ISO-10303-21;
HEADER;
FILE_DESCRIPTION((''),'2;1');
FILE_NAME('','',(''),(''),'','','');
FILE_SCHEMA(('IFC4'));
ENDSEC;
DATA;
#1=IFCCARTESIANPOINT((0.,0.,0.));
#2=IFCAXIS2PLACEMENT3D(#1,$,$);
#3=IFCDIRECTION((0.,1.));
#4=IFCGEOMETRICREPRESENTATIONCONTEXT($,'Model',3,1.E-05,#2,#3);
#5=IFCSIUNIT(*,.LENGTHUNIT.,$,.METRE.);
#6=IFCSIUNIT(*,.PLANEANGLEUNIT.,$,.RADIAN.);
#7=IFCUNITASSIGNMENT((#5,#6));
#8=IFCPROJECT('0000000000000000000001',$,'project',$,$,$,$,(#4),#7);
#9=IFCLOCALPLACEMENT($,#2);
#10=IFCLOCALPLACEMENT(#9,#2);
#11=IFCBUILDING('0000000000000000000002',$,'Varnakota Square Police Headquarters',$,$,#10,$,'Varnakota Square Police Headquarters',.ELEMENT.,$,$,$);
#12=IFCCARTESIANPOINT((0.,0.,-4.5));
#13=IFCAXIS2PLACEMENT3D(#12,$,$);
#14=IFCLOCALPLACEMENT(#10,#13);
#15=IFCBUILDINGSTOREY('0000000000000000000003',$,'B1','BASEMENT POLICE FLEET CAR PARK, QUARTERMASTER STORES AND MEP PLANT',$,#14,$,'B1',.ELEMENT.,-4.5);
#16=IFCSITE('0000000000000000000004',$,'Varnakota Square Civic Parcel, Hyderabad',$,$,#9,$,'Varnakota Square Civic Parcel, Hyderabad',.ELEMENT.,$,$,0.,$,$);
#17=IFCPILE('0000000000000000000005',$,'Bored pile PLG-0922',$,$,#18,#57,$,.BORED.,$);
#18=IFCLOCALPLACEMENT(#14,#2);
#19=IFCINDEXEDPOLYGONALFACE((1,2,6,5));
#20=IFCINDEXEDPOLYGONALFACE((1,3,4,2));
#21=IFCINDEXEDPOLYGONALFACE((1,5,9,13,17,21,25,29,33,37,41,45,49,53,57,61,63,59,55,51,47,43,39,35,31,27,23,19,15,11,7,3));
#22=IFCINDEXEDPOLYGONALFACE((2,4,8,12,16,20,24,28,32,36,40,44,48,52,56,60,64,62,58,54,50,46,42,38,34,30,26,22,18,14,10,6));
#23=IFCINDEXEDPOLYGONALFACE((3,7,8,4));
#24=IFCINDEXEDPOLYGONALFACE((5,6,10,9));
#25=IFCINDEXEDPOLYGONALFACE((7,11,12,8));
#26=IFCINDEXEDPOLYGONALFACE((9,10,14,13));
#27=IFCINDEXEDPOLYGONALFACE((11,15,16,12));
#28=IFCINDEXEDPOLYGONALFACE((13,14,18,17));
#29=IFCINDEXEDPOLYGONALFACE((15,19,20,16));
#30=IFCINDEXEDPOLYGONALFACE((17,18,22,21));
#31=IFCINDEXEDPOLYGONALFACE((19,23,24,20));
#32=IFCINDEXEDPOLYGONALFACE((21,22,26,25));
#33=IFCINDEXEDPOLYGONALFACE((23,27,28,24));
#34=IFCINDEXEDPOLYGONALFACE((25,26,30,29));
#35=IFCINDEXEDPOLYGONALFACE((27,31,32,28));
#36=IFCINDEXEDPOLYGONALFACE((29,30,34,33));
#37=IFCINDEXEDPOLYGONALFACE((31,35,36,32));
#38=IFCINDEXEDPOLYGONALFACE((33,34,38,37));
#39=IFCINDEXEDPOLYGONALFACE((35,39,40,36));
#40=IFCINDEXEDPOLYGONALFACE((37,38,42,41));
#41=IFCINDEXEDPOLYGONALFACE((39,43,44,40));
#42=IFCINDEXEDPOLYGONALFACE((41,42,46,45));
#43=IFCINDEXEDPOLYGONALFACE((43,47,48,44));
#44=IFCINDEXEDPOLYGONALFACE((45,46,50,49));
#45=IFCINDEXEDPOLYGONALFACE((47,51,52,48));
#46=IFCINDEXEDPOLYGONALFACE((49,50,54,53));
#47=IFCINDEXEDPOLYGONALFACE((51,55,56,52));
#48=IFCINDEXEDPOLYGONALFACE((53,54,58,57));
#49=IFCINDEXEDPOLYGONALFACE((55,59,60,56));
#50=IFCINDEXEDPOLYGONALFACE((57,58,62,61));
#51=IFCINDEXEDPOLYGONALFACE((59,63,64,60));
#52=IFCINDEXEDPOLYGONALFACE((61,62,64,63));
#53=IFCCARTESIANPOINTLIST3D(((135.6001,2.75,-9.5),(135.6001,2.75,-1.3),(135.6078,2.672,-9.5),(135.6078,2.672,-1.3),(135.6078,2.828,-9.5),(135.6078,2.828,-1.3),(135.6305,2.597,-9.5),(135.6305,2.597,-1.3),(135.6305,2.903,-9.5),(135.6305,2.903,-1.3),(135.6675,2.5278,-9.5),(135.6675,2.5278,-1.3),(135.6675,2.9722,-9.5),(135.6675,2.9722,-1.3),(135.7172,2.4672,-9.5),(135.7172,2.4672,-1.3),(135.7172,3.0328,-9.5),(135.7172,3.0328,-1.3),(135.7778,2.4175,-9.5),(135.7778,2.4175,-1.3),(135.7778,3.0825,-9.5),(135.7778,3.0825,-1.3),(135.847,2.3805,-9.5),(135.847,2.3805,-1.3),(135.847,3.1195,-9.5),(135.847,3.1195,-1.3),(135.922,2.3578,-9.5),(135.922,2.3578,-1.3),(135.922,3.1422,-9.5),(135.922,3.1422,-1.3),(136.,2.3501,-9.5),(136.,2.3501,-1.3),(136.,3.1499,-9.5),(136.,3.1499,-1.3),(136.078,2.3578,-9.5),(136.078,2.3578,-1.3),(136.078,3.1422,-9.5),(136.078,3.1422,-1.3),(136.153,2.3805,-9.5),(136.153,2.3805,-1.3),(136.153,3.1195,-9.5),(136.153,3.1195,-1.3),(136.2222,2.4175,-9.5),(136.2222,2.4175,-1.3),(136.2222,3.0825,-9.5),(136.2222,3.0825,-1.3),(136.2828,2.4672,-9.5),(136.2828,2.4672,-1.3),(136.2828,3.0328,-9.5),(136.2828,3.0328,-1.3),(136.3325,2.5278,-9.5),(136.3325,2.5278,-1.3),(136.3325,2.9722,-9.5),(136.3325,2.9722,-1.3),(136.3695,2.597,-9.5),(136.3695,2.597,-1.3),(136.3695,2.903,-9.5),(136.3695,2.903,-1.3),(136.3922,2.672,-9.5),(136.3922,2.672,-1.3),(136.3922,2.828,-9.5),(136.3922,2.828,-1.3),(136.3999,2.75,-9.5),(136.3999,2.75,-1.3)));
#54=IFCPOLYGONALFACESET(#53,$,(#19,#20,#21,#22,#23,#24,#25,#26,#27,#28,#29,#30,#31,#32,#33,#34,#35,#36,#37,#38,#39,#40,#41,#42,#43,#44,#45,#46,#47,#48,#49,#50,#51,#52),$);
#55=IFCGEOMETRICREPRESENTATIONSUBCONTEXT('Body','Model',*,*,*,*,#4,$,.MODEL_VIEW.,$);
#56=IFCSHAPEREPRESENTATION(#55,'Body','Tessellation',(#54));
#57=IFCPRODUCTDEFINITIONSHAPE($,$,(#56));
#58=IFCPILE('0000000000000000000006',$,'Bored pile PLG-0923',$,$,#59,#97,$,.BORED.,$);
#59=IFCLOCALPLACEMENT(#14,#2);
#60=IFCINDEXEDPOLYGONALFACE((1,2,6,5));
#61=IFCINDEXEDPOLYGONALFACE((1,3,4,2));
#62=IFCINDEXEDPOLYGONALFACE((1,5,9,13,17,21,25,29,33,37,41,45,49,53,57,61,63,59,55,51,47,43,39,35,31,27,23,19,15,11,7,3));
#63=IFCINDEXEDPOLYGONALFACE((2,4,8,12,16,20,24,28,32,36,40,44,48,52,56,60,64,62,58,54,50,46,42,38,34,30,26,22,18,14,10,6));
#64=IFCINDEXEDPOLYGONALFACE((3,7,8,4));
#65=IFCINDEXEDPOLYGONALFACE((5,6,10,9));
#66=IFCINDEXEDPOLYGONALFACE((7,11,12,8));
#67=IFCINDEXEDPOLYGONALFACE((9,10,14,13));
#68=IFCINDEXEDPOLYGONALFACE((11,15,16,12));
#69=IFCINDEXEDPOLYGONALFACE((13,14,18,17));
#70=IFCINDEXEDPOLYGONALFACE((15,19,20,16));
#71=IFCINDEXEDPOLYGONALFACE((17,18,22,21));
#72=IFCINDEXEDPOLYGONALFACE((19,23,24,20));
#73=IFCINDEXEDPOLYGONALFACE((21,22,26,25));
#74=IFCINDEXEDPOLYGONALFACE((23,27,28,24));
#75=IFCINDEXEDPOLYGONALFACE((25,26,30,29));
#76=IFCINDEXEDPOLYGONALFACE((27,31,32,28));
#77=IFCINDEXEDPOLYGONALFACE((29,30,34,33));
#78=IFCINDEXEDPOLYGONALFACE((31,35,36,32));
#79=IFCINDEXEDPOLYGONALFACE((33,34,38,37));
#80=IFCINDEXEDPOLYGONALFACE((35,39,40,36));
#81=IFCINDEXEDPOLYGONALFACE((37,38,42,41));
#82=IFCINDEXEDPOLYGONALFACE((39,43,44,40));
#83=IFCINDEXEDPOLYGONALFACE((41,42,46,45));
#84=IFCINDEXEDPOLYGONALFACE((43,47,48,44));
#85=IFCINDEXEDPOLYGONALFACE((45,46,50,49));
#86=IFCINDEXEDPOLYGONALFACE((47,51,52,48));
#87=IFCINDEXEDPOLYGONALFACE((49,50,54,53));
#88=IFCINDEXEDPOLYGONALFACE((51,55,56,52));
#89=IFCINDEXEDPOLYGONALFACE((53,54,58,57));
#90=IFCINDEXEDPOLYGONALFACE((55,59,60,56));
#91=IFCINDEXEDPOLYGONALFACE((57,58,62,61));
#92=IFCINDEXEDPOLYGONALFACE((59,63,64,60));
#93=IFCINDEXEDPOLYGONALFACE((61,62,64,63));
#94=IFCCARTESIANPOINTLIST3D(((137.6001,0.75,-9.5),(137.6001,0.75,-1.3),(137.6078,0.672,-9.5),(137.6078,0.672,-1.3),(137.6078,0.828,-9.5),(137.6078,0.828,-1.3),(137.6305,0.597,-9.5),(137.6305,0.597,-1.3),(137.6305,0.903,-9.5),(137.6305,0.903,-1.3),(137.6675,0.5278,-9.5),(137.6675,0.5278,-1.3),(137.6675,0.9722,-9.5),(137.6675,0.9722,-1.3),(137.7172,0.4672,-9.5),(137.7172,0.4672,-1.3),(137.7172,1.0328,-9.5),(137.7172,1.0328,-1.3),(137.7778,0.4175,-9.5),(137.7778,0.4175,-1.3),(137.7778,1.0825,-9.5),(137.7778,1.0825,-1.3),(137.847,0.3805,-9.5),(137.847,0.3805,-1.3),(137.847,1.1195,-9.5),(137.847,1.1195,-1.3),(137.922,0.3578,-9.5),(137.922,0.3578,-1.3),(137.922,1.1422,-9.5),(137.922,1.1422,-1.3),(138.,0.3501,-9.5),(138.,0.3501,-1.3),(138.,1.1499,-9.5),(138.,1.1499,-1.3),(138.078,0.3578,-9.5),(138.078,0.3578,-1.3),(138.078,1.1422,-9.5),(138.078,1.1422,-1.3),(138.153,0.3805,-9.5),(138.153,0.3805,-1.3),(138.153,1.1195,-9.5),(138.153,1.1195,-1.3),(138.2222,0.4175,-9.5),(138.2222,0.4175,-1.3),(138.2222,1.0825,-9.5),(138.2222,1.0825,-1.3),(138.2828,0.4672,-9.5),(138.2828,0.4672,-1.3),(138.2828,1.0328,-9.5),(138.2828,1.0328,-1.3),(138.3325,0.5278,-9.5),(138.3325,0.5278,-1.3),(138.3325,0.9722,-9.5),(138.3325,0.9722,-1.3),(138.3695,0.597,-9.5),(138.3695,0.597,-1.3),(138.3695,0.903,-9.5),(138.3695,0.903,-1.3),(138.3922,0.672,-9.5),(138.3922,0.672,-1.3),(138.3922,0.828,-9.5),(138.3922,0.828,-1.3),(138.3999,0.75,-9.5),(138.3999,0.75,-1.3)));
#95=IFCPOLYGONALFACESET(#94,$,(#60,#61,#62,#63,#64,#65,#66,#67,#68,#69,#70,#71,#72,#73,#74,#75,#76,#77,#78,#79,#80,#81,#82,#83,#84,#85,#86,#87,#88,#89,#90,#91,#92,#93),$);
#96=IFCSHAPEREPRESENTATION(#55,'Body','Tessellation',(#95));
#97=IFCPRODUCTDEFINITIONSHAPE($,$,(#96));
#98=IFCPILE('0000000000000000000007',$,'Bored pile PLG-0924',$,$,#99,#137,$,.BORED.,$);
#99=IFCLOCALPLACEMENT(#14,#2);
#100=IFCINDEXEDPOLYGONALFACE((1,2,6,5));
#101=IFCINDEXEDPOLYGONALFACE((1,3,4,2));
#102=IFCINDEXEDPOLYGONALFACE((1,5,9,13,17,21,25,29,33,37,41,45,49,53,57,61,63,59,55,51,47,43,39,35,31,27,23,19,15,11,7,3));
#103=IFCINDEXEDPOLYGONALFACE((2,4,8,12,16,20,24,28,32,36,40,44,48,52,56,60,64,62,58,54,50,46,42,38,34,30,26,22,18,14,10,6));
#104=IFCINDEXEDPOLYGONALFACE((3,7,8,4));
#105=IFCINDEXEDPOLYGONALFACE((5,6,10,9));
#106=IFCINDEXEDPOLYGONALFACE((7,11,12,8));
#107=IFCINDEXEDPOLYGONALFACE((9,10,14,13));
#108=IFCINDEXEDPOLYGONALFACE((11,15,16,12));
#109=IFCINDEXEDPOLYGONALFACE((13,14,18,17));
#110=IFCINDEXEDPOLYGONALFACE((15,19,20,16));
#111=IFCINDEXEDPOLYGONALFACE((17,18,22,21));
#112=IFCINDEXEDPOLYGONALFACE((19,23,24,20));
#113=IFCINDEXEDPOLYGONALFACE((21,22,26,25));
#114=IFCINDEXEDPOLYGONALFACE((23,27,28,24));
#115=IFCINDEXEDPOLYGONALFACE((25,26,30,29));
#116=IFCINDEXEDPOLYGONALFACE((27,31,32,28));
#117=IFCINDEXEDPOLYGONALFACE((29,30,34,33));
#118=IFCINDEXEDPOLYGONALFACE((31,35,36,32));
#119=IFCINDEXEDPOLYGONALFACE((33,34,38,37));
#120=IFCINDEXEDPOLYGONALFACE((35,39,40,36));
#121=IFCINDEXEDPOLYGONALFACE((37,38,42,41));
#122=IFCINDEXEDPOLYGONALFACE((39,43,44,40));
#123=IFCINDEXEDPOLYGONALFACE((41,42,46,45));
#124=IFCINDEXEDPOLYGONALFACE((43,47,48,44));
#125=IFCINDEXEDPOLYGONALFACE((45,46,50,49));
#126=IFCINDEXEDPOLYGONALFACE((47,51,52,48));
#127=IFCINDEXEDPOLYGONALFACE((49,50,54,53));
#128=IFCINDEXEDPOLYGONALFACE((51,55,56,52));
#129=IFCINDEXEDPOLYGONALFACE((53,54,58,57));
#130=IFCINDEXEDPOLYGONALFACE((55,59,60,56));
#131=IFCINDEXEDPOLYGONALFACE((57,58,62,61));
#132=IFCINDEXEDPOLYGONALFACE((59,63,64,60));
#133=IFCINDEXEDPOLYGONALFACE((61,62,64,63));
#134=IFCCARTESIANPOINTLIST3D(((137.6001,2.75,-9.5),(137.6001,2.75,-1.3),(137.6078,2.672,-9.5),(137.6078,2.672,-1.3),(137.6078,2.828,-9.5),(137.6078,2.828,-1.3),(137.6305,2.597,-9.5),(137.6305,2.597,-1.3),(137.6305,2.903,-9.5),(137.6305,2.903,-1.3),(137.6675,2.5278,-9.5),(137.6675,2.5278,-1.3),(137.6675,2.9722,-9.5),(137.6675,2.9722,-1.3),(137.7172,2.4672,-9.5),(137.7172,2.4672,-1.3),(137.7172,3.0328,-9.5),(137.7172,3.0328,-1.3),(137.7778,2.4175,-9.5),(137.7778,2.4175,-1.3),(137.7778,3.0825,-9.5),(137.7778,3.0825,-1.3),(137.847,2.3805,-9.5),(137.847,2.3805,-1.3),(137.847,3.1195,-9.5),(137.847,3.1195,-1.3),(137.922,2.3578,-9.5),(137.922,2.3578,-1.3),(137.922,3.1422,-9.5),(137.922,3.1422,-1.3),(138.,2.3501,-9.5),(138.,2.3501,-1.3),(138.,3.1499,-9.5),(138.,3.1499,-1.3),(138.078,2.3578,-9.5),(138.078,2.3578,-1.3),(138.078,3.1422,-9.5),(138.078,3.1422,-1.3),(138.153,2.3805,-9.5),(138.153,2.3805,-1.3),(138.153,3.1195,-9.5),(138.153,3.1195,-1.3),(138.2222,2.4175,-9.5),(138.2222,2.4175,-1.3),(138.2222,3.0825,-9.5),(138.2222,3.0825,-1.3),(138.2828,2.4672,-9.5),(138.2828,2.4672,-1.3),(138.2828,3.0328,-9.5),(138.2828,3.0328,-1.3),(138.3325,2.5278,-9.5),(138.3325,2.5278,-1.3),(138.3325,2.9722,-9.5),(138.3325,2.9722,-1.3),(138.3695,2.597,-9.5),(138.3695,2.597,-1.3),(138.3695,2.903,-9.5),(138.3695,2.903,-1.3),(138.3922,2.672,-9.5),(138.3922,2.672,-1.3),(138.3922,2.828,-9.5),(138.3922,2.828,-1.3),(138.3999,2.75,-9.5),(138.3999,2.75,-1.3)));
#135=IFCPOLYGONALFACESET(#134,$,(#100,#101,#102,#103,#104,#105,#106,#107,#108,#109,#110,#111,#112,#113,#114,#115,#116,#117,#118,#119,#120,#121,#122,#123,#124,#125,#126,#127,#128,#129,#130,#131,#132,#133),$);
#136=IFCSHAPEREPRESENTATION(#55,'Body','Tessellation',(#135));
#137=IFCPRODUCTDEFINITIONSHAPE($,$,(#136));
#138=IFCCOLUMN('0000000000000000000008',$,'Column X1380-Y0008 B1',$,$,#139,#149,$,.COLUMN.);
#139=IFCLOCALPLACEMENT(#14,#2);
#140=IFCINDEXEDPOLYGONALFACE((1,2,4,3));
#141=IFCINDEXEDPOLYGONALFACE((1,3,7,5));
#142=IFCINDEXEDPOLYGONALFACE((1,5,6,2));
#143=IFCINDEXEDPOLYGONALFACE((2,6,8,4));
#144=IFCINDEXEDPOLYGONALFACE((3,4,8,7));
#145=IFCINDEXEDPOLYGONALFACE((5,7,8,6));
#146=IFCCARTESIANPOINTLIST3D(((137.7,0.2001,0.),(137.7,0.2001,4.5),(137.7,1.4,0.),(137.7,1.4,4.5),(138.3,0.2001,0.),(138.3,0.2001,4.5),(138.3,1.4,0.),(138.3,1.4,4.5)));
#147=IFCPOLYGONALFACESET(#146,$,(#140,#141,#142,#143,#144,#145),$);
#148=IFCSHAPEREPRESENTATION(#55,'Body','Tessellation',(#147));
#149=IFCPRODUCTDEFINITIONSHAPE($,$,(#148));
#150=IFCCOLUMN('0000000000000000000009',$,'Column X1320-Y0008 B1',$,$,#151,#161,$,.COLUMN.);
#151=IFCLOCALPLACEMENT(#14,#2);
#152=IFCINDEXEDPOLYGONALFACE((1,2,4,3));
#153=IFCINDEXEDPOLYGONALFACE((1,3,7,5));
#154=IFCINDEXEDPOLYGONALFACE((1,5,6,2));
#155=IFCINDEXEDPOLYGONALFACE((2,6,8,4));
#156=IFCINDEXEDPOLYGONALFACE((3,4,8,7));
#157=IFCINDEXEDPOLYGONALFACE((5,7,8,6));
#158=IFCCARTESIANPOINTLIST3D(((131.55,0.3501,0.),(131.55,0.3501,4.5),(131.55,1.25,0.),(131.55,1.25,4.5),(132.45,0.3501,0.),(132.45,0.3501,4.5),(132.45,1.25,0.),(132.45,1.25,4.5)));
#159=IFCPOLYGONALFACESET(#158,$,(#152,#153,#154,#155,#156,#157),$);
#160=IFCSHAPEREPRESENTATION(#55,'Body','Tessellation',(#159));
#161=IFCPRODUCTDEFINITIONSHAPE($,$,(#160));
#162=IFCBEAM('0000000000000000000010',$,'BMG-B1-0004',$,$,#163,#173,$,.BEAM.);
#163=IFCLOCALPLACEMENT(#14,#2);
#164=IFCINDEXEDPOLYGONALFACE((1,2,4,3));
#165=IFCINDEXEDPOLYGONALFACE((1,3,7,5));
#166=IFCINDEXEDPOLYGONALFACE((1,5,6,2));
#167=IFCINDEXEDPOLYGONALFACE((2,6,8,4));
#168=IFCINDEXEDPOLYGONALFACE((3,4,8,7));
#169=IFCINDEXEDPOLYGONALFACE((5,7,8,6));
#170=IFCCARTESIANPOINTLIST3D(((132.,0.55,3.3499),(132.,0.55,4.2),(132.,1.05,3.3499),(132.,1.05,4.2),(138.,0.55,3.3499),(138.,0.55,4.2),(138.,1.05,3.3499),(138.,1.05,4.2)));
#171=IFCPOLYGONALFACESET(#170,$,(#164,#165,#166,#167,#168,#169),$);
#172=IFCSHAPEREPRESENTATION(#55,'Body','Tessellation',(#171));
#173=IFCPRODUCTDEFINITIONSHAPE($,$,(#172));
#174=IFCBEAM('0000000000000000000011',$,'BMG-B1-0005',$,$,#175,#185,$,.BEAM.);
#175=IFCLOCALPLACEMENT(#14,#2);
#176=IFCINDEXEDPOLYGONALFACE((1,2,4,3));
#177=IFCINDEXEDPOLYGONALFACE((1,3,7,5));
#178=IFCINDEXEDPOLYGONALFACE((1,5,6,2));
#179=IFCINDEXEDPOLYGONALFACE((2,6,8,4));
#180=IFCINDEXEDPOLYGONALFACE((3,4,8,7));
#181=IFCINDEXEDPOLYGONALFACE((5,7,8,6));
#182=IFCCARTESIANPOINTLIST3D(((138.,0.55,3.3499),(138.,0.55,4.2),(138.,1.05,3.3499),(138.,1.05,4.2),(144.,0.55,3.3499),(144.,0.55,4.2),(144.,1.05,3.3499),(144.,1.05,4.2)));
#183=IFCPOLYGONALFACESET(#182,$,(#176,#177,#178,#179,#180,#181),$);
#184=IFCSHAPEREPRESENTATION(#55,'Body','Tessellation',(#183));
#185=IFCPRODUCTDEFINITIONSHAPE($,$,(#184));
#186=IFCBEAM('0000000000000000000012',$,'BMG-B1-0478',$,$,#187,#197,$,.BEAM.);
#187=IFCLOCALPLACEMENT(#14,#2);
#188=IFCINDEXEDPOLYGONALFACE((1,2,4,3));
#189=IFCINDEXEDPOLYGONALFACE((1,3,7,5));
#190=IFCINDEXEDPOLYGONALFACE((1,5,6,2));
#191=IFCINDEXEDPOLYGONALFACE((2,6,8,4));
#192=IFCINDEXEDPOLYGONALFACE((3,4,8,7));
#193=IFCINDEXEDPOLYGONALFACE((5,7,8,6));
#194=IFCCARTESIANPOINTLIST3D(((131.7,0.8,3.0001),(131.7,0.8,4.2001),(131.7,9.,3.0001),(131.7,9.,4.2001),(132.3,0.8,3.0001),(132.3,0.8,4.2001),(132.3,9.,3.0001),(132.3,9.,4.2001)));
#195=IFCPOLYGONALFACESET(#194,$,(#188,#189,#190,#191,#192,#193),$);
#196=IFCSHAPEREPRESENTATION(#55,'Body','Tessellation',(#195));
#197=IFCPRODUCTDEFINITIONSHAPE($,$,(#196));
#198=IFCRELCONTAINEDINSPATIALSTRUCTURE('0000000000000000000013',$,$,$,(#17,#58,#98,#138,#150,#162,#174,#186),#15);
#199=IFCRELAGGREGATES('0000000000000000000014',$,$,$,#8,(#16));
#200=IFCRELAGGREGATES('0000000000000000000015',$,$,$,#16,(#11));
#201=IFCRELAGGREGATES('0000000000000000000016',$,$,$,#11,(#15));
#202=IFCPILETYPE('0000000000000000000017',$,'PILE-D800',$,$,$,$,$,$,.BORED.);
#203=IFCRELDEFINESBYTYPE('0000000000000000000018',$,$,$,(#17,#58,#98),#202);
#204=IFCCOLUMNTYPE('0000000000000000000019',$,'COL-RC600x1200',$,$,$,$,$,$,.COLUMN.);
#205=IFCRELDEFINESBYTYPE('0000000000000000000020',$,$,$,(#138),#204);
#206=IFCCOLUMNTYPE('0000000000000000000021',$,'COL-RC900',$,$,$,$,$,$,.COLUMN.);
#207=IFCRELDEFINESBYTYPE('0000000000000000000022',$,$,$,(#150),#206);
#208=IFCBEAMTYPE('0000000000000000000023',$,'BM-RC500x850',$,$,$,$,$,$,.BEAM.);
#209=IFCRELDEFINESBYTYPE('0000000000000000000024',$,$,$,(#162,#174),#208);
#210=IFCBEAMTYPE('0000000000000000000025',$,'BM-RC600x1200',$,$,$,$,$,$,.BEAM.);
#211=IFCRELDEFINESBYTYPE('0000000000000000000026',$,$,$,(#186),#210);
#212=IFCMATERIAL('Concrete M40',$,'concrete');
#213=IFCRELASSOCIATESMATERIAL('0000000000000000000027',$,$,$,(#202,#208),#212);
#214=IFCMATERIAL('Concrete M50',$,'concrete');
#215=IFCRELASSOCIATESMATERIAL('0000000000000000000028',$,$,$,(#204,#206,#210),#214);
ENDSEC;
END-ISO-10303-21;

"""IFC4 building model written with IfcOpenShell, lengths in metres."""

from ifc_helpers import new_model, si_unit, direction, frame, origin, origin_2d, place, context, subcontext, project, spatial, rectangle, circle, extrude, material, material_profile, profile_set, type_object, element, save


model = new_model("IFC4")

# Units and contexts
model_context = context("Model", 3, precision=1e-05, world=origin(), true_north=direction((0.0, 1.0)))
body_context = subcontext(model_context, "Body", "Model", "MODEL_VIEW")
ifc_project = project(units=[si_unit("LENGTHUNIT", "METRE"), si_unit("PLANEANGLEUNIT", "RADIAN")], contexts=[model_context])

# Site, building, storey
site_placement = place(None, origin())
site = spatial("IfcSite", under=ifc_project, at=site_placement, Name="Varnakota Square Civic Parcel, Hyderabad", LongName="Varnakota Square Civic Parcel, Hyderabad", CompositionType="ELEMENT", RefElevation=0.0)
building_placement = place(site_placement, origin())
building = spatial("IfcBuilding", under=site, at=building_placement, Name="Varnakota Square Police Headquarters", LongName="Varnakota Square Police Headquarters", CompositionType="ELEMENT")
storey_placement = place(building_placement, frame((0.0, 0.0, -4.5)))
storey = spatial("IfcBuildingStorey", under=building, at=storey_placement, Name="B1", Description="BASEMENT POLICE FLEET CAR PARK, QUARTERMASTER STORES AND MEP PLANT", LongName="B1", CompositionType="ELEMENT", Elevation=-4.5)

# Shared definitions
ifc_material_1 = material(Name="Concrete M50", Category="concrete")

# Piles
ifc_material_2 = material(Name="Concrete M40", Category="concrete")
ifc_material_profile_1 = material_profile(ifc_material_2, circle(Radius=0.3999, at=origin_2d()), Name="BORED PILE 800")
ifc_profile_set_1 = profile_set([ifc_material_profile_1], Name="Concrete M40")
pile_type = type_object("IfcPileType", Name="PILE-D800", PredefinedType="BORED", material=ifc_profile_set_1)
for number, where, z_axis, x_axis, name in (
    (1, (136.0, 2.75, -1.3), (0.0, 0.0, -1.0), (1.0, 0.0, 0.0), "Bored pile PLG-0922"),
    (2, (138.0, 0.75, -1.3), (0.0, 0.0, -1.0), (1.0, 0.0, 0.0), "Bored pile PLG-0923"),
    (3, (138.0, 2.75, -1.3), (0.0, 0.0, -1.0), (1.0, 0.0, 0.0), "Bored pile PLG-0924"),
):
    element("IfcPile", number, at=place(storey_placement, frame(where, z_axis=z_axis, x_axis=x_axis)), inside=storey, type_object=pile_type, Name=name, PredefinedType="BORED", context=body_context, shape_type="SweptSolid", body=[
        extrude(circle(Radius=0.3999, at=origin_2d()), origin(), (0.0, 0.0, 1.0), 8.2),
    ])

# Columns
ifc_material_profile_2 = material_profile(ifc_material_1, rectangle(XDim=0.6001, YDim=1.2, at=origin_2d()), Name="RC 600x1200")
ifc_profile_set_2 = profile_set([ifc_material_profile_2], Name="Concrete M50")
column_type_1 = type_object("IfcColumnType", Name="COL-RC600x1200", PredefinedType="COLUMN", material=ifc_profile_set_2)
column_1_placement = place(storey_placement, frame((138.0, 0.8, 0.0), z_axis=(0.0, 0.0, 1.0), x_axis=(1.0, 0.0, 0.0)))
element("IfcColumn", 4, at=column_1_placement, inside=storey, type_object=column_type_1, Name="Column X1380-Y0008 B1", PredefinedType="COLUMN", context=body_context, shape_type="SweptSolid", body=[
    extrude(rectangle(XDim=0.6001, YDim=1.2, at=origin_2d()), origin(), (0.0, 0.0, 1.0), 4.5),
])
ifc_material_profile_3 = material_profile(ifc_material_1, rectangle(XDim=0.8999, YDim=0.8999, at=origin_2d()), Name="RC 900x900")
ifc_profile_set_3 = profile_set([ifc_material_profile_3], Name="Concrete M50")
column_type_2 = type_object("IfcColumnType", Name="COL-RC900", PredefinedType="COLUMN", material=ifc_profile_set_3)
column_2_placement = place(storey_placement, frame((132.0, 0.8, 0.0), z_axis=(0.0, 0.0, 1.0), x_axis=(1.0, 0.0, 0.0)))
element("IfcColumn", 5, at=column_2_placement, inside=storey, type_object=column_type_2, Name="Column X1320-Y0008 B1", PredefinedType="COLUMN", context=body_context, shape_type="SweptSolid", body=[
    extrude(rectangle(XDim=0.8999, YDim=0.8999, at=origin_2d()), origin(), (0.0, 0.0, 1.0), 4.5),
])

# Beams
ifc_material_profile_4 = material_profile(ifc_material_2, rectangle(XDim=0.5, YDim=0.8501, at=origin_2d()), Name="RC 500x850")
ifc_profile_set_4 = profile_set([ifc_material_profile_4], Name="Concrete M40")
beam_type_1 = type_object("IfcBeamType", Name="BM-RC500x850", PredefinedType="BEAM", material=ifc_profile_set_4)
for number, where, z_axis, x_axis, name in (
    (6, (132.0, 0.8, 3.7749), (1.0, 0.0, 0.0), (0.0, 1.0, 0.0), "BMG-B1-0004"),
    (7, (138.0, 0.8, 3.7749), (1.0, 0.0, 0.0), (0.0, 1.0, 0.0), "BMG-B1-0005"),
):
    element("IfcBeam", number, at=place(storey_placement, frame(where, z_axis=z_axis, x_axis=x_axis)), inside=storey, type_object=beam_type_1, Name=name, PredefinedType="BEAM", context=body_context, shape_type="SweptSolid", body=[
        extrude(rectangle(XDim=0.5, YDim=0.8501, at=origin_2d()), origin(), (0.0, 0.0, 1.0), 6.0),
    ])
ifc_material_profile_5 = material_profile(ifc_material_1, rectangle(XDim=0.6001, YDim=1.2, at=origin_2d()), Name="RC 600x1200")
ifc_profile_set_5 = profile_set([ifc_material_profile_5], Name="Concrete M50")
beam_type_2 = type_object("IfcBeamType", Name="BM-RC600x1200", PredefinedType="BEAM", material=ifc_profile_set_5)
for number, where, z_axis, x_axis, name in (
    (8, (132.0, 0.8, 3.6001), (0.0, 1.0, 0.0), (-1.0, 0.0, 0.0), "BMG-B1-0478"),
):
    element("IfcBeam", number, at=place(storey_placement, frame(where, z_axis=z_axis, x_axis=x_axis)), inside=storey, type_object=beam_type_2, Name=name, PredefinedType="BEAM", context=body_context, shape_type="SweptSolid", body=[
        extrude(rectangle(XDim=0.6001, YDim=1.2, at=origin_2d()), origin(), (0.0, 0.0, 1.0), 8.2),
    ])

save(model, "model.ifc")
